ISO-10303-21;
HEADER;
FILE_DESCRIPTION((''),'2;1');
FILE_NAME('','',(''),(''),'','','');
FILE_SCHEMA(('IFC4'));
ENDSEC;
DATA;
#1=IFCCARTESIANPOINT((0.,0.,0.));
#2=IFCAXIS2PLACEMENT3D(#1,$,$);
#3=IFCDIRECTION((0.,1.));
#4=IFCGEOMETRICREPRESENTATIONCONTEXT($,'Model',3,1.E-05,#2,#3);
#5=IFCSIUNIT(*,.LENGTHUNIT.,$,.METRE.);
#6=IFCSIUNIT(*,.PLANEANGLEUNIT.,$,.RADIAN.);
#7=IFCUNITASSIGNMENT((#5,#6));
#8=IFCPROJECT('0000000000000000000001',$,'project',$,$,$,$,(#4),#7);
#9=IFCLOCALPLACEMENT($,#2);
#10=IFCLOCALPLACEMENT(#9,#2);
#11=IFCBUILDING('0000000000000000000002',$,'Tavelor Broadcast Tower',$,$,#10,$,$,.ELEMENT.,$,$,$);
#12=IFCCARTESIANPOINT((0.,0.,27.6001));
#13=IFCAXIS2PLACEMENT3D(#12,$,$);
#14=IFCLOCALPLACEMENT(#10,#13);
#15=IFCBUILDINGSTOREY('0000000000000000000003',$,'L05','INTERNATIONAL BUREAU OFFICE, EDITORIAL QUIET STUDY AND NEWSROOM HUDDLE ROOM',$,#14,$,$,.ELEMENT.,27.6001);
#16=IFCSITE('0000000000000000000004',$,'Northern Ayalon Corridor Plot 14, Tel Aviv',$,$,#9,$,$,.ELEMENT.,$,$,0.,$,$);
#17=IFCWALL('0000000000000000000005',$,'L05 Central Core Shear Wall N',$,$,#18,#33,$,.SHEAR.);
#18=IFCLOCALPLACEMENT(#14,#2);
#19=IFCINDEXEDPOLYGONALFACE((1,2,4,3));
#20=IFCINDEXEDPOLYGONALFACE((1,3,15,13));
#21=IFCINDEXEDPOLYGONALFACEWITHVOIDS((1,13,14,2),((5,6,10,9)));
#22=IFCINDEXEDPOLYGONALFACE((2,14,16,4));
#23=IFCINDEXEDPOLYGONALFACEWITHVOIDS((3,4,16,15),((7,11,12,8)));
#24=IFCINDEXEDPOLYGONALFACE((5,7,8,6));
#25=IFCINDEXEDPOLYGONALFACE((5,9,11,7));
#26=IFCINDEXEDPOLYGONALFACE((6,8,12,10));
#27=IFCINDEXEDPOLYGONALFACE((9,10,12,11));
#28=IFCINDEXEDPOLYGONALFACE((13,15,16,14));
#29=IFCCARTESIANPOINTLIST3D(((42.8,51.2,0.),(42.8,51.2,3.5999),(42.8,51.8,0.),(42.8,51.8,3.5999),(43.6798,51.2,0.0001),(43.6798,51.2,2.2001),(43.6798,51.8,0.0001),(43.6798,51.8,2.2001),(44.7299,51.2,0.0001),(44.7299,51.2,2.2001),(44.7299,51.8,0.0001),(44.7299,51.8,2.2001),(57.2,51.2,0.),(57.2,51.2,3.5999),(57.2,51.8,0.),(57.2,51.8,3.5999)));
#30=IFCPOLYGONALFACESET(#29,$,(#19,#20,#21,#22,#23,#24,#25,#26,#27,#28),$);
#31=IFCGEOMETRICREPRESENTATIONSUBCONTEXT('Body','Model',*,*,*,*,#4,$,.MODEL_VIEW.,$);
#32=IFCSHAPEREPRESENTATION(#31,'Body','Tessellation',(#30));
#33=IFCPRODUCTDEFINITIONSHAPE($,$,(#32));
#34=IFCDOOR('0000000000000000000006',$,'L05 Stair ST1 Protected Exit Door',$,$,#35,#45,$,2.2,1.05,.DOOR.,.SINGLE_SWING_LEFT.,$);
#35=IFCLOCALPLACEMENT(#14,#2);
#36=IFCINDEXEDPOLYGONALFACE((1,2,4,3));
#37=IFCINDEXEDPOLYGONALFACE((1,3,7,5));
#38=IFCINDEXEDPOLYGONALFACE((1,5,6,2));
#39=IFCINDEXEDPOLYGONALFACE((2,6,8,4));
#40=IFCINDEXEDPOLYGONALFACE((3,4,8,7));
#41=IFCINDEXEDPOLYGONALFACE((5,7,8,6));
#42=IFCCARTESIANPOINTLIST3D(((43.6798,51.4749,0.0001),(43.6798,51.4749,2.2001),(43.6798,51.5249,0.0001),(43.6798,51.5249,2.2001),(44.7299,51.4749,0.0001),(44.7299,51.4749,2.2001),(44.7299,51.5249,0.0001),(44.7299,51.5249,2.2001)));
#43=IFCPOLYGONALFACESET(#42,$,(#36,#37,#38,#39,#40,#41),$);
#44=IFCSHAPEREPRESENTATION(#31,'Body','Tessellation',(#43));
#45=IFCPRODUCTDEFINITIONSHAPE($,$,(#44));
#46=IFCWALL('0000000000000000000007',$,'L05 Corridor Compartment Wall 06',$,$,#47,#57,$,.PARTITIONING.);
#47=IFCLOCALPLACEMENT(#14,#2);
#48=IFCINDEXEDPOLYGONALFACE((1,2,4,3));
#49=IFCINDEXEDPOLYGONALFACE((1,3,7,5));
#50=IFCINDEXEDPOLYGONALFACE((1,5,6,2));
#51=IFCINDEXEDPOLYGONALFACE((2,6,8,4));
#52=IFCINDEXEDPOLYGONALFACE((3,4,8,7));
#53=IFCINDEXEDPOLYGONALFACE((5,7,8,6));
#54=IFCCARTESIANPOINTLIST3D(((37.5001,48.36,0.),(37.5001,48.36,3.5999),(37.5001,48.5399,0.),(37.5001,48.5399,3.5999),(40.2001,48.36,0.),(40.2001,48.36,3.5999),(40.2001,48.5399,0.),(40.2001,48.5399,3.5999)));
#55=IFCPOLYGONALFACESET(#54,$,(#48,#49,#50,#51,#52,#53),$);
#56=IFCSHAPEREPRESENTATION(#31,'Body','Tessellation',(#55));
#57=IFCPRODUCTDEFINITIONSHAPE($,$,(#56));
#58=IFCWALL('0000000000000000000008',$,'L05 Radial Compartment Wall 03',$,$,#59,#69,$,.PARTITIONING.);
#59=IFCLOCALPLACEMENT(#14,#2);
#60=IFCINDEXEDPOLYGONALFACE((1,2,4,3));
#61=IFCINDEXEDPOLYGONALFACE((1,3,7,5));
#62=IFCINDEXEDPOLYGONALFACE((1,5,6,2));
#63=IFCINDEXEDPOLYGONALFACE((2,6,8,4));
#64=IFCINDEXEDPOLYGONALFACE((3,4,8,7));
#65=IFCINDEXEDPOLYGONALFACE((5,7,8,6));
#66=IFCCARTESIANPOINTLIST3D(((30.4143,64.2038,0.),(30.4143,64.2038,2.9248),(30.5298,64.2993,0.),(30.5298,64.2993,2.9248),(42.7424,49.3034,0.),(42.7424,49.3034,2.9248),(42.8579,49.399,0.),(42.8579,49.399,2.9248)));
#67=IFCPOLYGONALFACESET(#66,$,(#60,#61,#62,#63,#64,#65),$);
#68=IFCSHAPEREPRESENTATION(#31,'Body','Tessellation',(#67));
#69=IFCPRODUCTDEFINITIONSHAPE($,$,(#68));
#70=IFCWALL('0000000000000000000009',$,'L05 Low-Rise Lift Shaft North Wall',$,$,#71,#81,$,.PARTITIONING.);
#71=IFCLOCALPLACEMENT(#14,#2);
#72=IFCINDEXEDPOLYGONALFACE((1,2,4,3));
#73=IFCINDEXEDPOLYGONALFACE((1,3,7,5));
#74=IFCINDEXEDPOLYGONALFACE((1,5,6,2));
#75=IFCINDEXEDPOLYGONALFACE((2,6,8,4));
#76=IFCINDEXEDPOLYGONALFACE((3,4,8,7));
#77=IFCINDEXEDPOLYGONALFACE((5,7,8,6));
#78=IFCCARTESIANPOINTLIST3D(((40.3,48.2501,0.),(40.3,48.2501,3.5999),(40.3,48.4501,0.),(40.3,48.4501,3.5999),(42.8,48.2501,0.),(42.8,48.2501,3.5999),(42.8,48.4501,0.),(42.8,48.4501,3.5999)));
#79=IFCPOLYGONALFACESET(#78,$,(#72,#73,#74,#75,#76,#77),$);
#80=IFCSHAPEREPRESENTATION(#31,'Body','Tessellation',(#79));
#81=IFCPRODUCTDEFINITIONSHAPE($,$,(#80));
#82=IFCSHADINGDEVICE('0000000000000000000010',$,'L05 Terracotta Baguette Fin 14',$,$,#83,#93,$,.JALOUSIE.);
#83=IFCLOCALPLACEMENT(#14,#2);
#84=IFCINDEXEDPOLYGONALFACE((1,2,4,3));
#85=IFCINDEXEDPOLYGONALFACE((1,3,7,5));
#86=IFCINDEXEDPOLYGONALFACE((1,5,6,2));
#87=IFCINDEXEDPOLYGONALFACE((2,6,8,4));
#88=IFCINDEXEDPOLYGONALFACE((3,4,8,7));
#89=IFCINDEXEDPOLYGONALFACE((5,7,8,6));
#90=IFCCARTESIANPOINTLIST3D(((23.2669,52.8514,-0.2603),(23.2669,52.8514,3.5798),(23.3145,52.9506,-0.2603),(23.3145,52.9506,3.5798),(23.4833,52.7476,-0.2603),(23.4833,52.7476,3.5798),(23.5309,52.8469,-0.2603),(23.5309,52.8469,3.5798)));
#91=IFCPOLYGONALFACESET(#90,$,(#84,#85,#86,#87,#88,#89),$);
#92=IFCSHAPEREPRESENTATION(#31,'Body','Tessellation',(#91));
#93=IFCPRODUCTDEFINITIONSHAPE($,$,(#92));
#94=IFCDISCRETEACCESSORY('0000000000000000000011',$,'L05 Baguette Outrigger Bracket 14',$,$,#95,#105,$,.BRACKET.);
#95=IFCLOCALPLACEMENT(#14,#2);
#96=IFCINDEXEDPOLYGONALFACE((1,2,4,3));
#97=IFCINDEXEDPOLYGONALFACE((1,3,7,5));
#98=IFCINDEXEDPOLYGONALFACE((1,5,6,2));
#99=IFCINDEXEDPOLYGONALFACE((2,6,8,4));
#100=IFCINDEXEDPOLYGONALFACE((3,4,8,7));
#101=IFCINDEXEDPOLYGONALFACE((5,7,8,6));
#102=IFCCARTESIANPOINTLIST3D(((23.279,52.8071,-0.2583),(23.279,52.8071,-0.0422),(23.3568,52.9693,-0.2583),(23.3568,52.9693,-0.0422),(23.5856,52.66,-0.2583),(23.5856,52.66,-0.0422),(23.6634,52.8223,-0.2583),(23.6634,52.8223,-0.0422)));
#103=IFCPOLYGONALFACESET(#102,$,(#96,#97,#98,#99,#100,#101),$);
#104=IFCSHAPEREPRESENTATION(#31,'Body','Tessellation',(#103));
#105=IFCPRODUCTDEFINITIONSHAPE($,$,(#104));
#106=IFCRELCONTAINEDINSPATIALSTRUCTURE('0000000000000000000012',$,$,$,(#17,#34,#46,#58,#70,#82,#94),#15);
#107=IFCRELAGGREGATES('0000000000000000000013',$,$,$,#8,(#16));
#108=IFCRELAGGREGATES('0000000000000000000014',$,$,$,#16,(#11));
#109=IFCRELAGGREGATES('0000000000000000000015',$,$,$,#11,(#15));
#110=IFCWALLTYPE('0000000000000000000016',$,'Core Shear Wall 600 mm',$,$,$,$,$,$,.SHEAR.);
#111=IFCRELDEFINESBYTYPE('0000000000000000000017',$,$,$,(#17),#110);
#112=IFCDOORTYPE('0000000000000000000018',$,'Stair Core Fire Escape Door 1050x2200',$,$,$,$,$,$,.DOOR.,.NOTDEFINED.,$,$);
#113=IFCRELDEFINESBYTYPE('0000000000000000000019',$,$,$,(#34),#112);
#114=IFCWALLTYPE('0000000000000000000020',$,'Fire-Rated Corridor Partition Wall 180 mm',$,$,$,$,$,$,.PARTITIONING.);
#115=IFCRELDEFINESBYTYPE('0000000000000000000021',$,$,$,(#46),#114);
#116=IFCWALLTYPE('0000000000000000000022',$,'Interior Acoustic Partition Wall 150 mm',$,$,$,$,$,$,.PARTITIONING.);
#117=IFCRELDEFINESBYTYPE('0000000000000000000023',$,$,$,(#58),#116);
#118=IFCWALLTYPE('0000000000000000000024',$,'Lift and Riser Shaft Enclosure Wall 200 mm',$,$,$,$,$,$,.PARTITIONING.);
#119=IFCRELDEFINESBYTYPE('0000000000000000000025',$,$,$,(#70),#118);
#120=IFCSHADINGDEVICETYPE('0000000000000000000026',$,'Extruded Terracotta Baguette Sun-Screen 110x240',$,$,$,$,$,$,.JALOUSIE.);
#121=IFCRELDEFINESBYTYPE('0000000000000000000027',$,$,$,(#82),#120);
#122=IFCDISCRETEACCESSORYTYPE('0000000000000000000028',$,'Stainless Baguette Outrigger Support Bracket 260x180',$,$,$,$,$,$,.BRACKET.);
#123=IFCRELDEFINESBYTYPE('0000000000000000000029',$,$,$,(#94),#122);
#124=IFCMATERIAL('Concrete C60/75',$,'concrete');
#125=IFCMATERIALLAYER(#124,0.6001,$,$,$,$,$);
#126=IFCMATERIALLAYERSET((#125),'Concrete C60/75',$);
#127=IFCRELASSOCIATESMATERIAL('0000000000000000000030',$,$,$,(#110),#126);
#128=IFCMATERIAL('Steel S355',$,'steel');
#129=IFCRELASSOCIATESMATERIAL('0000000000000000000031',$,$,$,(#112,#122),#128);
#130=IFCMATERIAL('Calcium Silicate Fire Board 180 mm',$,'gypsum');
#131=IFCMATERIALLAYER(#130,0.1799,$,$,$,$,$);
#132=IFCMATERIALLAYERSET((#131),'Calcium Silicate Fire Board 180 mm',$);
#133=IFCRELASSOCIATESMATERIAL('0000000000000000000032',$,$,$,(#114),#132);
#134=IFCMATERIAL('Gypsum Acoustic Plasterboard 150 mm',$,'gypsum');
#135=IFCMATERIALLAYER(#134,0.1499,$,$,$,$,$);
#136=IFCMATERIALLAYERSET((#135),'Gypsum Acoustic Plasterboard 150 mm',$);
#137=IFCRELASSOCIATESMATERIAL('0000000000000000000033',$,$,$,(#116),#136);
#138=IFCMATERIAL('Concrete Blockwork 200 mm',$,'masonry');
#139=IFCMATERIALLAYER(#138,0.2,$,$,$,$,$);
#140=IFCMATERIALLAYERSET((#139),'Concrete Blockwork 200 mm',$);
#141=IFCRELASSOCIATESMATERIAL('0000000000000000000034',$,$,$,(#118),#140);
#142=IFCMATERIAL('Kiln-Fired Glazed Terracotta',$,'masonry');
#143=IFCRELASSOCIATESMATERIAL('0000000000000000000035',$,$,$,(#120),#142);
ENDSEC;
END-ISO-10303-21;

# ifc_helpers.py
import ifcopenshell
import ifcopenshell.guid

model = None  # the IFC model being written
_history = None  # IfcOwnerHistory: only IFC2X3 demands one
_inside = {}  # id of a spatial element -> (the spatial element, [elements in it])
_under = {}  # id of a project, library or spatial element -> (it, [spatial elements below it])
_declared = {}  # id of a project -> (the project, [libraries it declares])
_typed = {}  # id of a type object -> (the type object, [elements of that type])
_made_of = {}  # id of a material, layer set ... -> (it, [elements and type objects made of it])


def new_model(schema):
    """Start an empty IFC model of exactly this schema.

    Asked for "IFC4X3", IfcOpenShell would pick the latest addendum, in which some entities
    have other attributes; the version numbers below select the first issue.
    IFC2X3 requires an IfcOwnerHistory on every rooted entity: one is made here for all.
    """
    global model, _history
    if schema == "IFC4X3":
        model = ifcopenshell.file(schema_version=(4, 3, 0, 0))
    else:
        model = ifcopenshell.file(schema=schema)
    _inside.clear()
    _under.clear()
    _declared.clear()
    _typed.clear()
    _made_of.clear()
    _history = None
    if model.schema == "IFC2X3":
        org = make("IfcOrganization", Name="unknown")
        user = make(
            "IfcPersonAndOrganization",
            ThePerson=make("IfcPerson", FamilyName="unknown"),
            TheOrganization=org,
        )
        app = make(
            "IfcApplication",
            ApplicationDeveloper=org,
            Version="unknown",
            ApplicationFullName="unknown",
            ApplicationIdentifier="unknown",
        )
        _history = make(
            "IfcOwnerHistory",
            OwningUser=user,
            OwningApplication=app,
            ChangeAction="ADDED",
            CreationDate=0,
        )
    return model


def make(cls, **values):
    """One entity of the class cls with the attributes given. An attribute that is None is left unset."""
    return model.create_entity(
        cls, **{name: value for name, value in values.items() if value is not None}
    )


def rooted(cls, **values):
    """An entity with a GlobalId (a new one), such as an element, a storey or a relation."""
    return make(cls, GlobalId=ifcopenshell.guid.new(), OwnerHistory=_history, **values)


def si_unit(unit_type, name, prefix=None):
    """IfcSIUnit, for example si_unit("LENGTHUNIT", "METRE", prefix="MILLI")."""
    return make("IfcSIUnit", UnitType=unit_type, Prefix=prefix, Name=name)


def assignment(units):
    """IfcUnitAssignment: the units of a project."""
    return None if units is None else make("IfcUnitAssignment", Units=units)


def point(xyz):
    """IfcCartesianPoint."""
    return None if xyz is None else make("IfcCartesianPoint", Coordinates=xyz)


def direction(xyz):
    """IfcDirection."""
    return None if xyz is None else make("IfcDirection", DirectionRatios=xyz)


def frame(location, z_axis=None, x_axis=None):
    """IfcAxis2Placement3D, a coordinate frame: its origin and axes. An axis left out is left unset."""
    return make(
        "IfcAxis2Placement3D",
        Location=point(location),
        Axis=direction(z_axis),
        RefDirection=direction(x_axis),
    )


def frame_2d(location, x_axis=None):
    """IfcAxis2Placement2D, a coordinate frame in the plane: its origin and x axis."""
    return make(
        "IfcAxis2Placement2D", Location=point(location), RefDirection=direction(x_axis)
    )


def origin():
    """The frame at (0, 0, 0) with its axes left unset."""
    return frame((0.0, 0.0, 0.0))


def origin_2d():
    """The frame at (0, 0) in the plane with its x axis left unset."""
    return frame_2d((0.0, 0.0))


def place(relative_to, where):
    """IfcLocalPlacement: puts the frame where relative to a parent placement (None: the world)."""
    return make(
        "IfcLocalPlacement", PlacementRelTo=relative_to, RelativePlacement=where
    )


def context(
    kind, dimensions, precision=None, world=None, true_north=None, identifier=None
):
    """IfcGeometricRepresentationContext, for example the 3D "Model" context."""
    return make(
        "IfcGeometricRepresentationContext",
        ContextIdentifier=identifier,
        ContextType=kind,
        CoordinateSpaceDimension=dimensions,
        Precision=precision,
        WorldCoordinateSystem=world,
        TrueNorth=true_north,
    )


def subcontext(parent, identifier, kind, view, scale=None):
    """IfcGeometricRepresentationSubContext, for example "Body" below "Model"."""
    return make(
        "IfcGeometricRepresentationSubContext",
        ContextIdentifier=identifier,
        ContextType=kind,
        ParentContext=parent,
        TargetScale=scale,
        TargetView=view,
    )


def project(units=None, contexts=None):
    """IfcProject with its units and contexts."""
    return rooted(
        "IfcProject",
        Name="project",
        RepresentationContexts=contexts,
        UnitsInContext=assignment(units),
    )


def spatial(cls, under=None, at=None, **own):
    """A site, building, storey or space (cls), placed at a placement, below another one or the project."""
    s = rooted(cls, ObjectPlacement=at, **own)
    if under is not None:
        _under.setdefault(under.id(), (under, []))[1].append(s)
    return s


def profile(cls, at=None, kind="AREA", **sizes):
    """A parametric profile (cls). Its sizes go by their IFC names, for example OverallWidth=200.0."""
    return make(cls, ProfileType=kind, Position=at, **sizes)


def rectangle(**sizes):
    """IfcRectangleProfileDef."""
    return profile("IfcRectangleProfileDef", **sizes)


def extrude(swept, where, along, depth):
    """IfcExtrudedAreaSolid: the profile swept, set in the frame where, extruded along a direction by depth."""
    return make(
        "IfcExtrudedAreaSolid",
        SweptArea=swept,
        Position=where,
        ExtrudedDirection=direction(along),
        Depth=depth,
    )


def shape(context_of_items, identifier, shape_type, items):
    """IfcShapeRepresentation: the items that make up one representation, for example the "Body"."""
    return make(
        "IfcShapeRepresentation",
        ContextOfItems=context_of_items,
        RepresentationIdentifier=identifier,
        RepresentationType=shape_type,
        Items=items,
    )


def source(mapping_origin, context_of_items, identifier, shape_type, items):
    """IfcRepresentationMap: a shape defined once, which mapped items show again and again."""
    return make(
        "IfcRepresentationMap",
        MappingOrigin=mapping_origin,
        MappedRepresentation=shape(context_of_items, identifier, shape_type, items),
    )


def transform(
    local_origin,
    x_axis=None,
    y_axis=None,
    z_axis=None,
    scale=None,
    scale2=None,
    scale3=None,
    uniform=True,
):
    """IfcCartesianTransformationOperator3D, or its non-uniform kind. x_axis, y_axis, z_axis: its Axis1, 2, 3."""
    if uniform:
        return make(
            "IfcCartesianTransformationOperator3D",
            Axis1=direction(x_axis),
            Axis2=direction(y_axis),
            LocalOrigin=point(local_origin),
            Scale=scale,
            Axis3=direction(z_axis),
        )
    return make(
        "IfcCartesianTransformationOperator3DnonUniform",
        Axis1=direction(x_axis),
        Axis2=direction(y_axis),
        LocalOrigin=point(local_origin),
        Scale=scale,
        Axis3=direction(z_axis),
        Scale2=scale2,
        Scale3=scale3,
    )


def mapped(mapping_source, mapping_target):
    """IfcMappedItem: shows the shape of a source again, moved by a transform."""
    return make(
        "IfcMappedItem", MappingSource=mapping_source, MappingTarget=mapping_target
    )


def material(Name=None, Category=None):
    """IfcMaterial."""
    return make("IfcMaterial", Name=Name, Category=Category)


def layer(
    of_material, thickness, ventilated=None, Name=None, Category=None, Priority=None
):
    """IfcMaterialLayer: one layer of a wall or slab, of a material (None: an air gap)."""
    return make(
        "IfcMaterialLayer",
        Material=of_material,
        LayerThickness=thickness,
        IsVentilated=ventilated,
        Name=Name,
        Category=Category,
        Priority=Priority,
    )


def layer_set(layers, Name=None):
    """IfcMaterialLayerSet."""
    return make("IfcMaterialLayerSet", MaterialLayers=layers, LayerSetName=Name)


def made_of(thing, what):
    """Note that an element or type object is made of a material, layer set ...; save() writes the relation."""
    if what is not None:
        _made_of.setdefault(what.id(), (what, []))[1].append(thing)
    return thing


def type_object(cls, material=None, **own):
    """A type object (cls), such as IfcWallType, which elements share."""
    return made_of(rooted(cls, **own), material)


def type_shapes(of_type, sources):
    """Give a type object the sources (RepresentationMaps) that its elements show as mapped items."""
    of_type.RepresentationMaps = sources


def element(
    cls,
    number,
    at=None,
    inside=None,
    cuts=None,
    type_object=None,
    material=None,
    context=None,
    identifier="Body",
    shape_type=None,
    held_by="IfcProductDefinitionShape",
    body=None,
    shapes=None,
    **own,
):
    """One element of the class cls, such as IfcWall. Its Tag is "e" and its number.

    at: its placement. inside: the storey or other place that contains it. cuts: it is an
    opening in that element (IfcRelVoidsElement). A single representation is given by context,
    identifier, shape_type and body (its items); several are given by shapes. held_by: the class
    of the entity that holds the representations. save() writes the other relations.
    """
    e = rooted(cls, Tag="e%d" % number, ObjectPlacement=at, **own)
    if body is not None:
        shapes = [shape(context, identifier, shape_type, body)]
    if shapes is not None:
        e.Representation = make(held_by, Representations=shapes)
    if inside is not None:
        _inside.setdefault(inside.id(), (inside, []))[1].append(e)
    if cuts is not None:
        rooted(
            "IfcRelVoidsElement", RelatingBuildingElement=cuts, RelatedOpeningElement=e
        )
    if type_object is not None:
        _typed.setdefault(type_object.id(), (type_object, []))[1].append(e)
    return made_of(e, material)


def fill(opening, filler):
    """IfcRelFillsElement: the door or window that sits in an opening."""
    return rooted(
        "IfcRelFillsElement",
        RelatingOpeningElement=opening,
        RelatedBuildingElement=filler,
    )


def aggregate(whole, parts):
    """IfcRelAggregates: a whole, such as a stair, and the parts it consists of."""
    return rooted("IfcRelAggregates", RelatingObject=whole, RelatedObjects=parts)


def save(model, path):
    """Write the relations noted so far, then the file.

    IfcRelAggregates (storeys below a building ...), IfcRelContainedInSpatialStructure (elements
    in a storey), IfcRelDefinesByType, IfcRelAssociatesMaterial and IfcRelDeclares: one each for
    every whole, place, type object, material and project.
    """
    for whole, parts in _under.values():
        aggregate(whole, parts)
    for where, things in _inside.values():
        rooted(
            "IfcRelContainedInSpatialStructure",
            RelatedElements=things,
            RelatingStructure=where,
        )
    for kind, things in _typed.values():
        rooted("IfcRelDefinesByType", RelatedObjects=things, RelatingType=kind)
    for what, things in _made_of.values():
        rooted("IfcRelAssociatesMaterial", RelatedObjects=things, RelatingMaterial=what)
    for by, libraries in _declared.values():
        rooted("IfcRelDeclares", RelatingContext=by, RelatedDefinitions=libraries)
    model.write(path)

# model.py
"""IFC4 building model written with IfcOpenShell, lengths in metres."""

from ifc_helpers import new_model, si_unit, direction, frame, frame_2d, origin, origin_2d, place, context, subcontext, project, spatial, rectangle, extrude, source, transform, mapped, material, layer, layer_set, type_object, type_shapes, element, fill, save


model = new_model("IFC4")

# Units and contexts
model_context = context("Model", 3, precision=1e-05, world=origin(), true_north=direction((0.0, 1.0)))
body_context = subcontext(model_context, "Body", "Model", "MODEL_VIEW")
ifc_project = project(units=[si_unit("LENGTHUNIT", "METRE"), si_unit("PLANEANGLEUNIT", "RADIAN")], contexts=[model_context])

# Site, building, storey
site_placement = place(None, origin())
site = spatial("IfcSite", under=ifc_project, at=site_placement, Name="Northern Ayalon Corridor Plot 14, Tel Aviv", CompositionType="ELEMENT", RefElevation=0.0)
building_placement = place(site_placement, origin())
building = spatial("IfcBuilding", under=site, at=building_placement, Name="Tavelor Broadcast Tower", CompositionType="ELEMENT")
storey_placement = place(building_placement, frame((0.0, 0.0, 27.6001)))
storey = spatial("IfcBuildingStorey", under=building, at=storey_placement, Name="L05", Description="INTERNATIONAL BUREAU OFFICE, EDITORIAL QUIET STUDY AND NEWSROOM HUDDLE ROOM", CompositionType="ELEMENT", Elevation=27.6001)

# Shared definitions
ifc_material_1 = material(Name="Steel S355", Category="steel")

# Wall, opening, door
ifc_material_2 = material(Name="Concrete C60/75", Category="concrete")
ifc_layer_1 = layer(ifc_material_2, 0.6001)
ifc_layer_set_1 = layer_set([ifc_layer_1], Name="Concrete C60/75")
wall_type_1 = type_object("IfcWallType", Name="Core Shear Wall 600 mm", PredefinedType="SHEAR", material=ifc_layer_set_1)
wall_1_placement = place(storey_placement, frame((42.8, 51.5, 0.0), z_axis=(0.0, 0.0, 1.0), x_axis=(1.0, 0.0, 0.0)))
wall_1 = element("IfcWall", 1, at=wall_1_placement, inside=storey, type_object=wall_type_1, Name="L05 Central Core Shear Wall N", PredefinedType="SHEAR", context=body_context, shape_type="SweptSolid", body=[
    extrude(rectangle(XDim=14.3999, YDim=0.6001, at=frame_2d((7.2, 0.0))), origin(), (0.0, 0.0, 1.0), 3.5999),
])
opening_placement = place(wall_1_placement, frame((0.8799, 0.0, 0.0)))
opening = element("IfcOpeningElement", 2, at=opening_placement, cuts=wall_1, PredefinedType="OPENING", context=body_context, shape_type="SweptSolid", body=[
    extrude(rectangle(XDim=1.05, YDim=2.2, at=frame_2d((0.5249, 1.1001))), frame((0.0, 0.3101, 0.0), z_axis=(0.0, -1.0, 0.0), x_axis=(1.0, 0.0, 0.0)), (0.0, 0.0, 1.0), 0.6201),
])
door_type = type_object("IfcDoorType", Name="Stair Core Fire Escape Door 1050x2200", OperationType="NOTDEFINED", PredefinedType="DOOR", material=ifc_material_1)
door_placement = place(opening_placement, origin())
door = element("IfcDoor", 3, at=door_placement, inside=storey, type_object=door_type, Name="L05 Stair ST1 Protected Exit Door", OperationType="SINGLE_SWING_LEFT", OverallHeight=2.2, OverallWidth=1.05, PredefinedType="DOOR", context=body_context, shape_type="SweptSolid", body=[
    extrude(rectangle(XDim=1.05, YDim=2.2, at=frame_2d((0.5249, 1.1001))), frame((0.0, 0.0249, 0.0), z_axis=(0.0, -1.0, 0.0), x_axis=(1.0, 0.0, 0.0)), (0.0, 0.0, 1.0), 0.05),
])
fill(opening, door)

# Walls
ifc_material_3 = material(Name="Calcium Silicate Fire Board 180 mm", Category="gypsum")
ifc_layer_2 = layer(ifc_material_3, 0.1799)
ifc_layer_set_2 = layer_set([ifc_layer_2], Name="Calcium Silicate Fire Board 180 mm")
wall_type_2 = type_object("IfcWallType", Name="Fire-Rated Corridor Partition Wall 180 mm", PredefinedType="PARTITIONING", material=ifc_layer_set_2)
wall_2_placement = place(storey_placement, frame((37.5, 48.45, 0.0), z_axis=(0.0, 0.0, 1.0), x_axis=(1.0, 0.0, 0.0)))
element("IfcWall", 4, at=wall_2_placement, inside=storey, type_object=wall_type_2, Name="L05 Corridor Compartment Wall 06", PredefinedType="PARTITIONING", context=body_context, shape_type="SweptSolid", body=[
    extrude(rectangle(XDim=2.7, YDim=0.1799, at=frame_2d((1.3501, 0.0))), origin(), (0.0, 0.0, 1.0), 3.5999),
])
ifc_material_4 = material(Name="Gypsum Acoustic Plasterboard 150 mm", Category="gypsum")
ifc_layer_3 = layer(ifc_material_4, 0.1499)
ifc_layer_set_3 = layer_set([ifc_layer_3], Name="Gypsum Acoustic Plasterboard 150 mm")
wall_type_3 = type_object("IfcWallType", Name="Interior Acoustic Partition Wall 150 mm", PredefinedType="PARTITIONING", material=ifc_layer_set_3)
wall_3_placement = place(storey_placement, frame((42.8, 49.3513, 0.0), z_axis=(0.0, 0.0, 1.0), x_axis=(-0.637468, 0.770476, 0.0)))
element("IfcWall", 5, at=wall_3_placement, inside=storey, type_object=wall_type_3, Name="L05 Radial Compartment Wall 03", PredefinedType="PARTITIONING", context=body_context, shape_type="SweptSolid", body=[
    extrude(rectangle(XDim=19.3391, YDim=0.1499, at=frame_2d((9.6694, 0.0))), origin(), (0.0, 0.0, 1.0), 2.9248),
])
ifc_material_5 = material(Name="Concrete Blockwork 200 mm", Category="masonry")
ifc_layer_4 = layer(ifc_material_5, 0.2)
ifc_layer_set_4 = layer_set([ifc_layer_4], Name="Concrete Blockwork 200 mm")
wall_type_4 = type_object("IfcWallType", Name="Lift and Riser Shaft Enclosure Wall 200 mm", PredefinedType="PARTITIONING", material=ifc_layer_set_4)
wall_4_placement = place(storey_placement, frame((40.3, 48.3501, 0.0), z_axis=(0.0, 0.0, 1.0), x_axis=(1.0, 0.0, 0.0)))
element("IfcWall", 6, at=wall_4_placement, inside=storey, type_object=wall_type_4, Name="L05 Low-Rise Lift Shaft North Wall", PredefinedType="PARTITIONING", context=body_context, shape_type="SweptSolid", body=[
    extrude(rectangle(XDim=2.5, YDim=0.2, at=frame_2d((1.25, 0.0))), origin(), (0.0, 0.0, 1.0), 3.5999),
])

# Shading device
ifc_material_6 = material(Name="Kiln-Fired Glazed Terracotta", Category="masonry")
shading_device_type = type_object("IfcShadingDeviceType", Name="Extruded Terracotta Baguette Sun-Screen 110x240", PredefinedType="JALOUSIE", material=ifc_material_6)
shared_shape_1 = source(origin(), body_context, "Body", "SweptSolid", [
    extrude(rectangle(XDim=0.1101, YDim=0.24, at=origin_2d()), origin(), (0.0, 0.0, 1.0), 3.8401),
])
type_shapes(shading_device_type, [shared_shape_1])
shading_device_placement = place(storey_placement, frame((23.3989, 52.8491, -0.2603), z_axis=(0.0, 0.0, 1.0), x_axis=(-0.432401, -0.901682, 0.0)))
element("IfcShadingDevice", 7, at=shading_device_placement, inside=storey, type_object=shading_device_type, Name="L05 Terracotta Baguette Fin 14", PredefinedType="JALOUSIE", context=body_context, shape_type="MappedRepresentation", body=[
    mapped(shared_shape_1, transform((0.0, 0.0, 0.0), scale=1.0)),
])

# Discrete accessory
discrete_accessory_type = type_object("IfcDiscreteAccessoryType", Name="Stainless Baguette Outrigger Support Bracket 260x180", PredefinedType="BRACKET", material=ifc_material_1)
shared_shape_2 = source(origin(), body_context, "Body", "SweptSolid", [
    extrude(rectangle(XDim=0.1799, YDim=0.3401, at=origin_2d()), origin(), (0.0, 0.0, 1.0), 0.2161),
])
type_shapes(discrete_accessory_type, [shared_shape_2])
discrete_accessory_placement = place(storey_placement, frame((23.4712, 52.8147, -0.2583), z_axis=(0.0, 0.0, 1.0), x_axis=(-0.432401, -0.901682, 0.0)))
element("IfcDiscreteAccessory", 8, at=discrete_accessory_placement, inside=storey, type_object=discrete_accessory_type, Name="L05 Baguette Outrigger Bracket 14", PredefinedType="BRACKET", context=body_context, shape_type="MappedRepresentation", body=[
    mapped(shared_shape_2, transform((0.0, 0.0, 0.0), scale=1.0)),
])

save(model, "model.ifc")
